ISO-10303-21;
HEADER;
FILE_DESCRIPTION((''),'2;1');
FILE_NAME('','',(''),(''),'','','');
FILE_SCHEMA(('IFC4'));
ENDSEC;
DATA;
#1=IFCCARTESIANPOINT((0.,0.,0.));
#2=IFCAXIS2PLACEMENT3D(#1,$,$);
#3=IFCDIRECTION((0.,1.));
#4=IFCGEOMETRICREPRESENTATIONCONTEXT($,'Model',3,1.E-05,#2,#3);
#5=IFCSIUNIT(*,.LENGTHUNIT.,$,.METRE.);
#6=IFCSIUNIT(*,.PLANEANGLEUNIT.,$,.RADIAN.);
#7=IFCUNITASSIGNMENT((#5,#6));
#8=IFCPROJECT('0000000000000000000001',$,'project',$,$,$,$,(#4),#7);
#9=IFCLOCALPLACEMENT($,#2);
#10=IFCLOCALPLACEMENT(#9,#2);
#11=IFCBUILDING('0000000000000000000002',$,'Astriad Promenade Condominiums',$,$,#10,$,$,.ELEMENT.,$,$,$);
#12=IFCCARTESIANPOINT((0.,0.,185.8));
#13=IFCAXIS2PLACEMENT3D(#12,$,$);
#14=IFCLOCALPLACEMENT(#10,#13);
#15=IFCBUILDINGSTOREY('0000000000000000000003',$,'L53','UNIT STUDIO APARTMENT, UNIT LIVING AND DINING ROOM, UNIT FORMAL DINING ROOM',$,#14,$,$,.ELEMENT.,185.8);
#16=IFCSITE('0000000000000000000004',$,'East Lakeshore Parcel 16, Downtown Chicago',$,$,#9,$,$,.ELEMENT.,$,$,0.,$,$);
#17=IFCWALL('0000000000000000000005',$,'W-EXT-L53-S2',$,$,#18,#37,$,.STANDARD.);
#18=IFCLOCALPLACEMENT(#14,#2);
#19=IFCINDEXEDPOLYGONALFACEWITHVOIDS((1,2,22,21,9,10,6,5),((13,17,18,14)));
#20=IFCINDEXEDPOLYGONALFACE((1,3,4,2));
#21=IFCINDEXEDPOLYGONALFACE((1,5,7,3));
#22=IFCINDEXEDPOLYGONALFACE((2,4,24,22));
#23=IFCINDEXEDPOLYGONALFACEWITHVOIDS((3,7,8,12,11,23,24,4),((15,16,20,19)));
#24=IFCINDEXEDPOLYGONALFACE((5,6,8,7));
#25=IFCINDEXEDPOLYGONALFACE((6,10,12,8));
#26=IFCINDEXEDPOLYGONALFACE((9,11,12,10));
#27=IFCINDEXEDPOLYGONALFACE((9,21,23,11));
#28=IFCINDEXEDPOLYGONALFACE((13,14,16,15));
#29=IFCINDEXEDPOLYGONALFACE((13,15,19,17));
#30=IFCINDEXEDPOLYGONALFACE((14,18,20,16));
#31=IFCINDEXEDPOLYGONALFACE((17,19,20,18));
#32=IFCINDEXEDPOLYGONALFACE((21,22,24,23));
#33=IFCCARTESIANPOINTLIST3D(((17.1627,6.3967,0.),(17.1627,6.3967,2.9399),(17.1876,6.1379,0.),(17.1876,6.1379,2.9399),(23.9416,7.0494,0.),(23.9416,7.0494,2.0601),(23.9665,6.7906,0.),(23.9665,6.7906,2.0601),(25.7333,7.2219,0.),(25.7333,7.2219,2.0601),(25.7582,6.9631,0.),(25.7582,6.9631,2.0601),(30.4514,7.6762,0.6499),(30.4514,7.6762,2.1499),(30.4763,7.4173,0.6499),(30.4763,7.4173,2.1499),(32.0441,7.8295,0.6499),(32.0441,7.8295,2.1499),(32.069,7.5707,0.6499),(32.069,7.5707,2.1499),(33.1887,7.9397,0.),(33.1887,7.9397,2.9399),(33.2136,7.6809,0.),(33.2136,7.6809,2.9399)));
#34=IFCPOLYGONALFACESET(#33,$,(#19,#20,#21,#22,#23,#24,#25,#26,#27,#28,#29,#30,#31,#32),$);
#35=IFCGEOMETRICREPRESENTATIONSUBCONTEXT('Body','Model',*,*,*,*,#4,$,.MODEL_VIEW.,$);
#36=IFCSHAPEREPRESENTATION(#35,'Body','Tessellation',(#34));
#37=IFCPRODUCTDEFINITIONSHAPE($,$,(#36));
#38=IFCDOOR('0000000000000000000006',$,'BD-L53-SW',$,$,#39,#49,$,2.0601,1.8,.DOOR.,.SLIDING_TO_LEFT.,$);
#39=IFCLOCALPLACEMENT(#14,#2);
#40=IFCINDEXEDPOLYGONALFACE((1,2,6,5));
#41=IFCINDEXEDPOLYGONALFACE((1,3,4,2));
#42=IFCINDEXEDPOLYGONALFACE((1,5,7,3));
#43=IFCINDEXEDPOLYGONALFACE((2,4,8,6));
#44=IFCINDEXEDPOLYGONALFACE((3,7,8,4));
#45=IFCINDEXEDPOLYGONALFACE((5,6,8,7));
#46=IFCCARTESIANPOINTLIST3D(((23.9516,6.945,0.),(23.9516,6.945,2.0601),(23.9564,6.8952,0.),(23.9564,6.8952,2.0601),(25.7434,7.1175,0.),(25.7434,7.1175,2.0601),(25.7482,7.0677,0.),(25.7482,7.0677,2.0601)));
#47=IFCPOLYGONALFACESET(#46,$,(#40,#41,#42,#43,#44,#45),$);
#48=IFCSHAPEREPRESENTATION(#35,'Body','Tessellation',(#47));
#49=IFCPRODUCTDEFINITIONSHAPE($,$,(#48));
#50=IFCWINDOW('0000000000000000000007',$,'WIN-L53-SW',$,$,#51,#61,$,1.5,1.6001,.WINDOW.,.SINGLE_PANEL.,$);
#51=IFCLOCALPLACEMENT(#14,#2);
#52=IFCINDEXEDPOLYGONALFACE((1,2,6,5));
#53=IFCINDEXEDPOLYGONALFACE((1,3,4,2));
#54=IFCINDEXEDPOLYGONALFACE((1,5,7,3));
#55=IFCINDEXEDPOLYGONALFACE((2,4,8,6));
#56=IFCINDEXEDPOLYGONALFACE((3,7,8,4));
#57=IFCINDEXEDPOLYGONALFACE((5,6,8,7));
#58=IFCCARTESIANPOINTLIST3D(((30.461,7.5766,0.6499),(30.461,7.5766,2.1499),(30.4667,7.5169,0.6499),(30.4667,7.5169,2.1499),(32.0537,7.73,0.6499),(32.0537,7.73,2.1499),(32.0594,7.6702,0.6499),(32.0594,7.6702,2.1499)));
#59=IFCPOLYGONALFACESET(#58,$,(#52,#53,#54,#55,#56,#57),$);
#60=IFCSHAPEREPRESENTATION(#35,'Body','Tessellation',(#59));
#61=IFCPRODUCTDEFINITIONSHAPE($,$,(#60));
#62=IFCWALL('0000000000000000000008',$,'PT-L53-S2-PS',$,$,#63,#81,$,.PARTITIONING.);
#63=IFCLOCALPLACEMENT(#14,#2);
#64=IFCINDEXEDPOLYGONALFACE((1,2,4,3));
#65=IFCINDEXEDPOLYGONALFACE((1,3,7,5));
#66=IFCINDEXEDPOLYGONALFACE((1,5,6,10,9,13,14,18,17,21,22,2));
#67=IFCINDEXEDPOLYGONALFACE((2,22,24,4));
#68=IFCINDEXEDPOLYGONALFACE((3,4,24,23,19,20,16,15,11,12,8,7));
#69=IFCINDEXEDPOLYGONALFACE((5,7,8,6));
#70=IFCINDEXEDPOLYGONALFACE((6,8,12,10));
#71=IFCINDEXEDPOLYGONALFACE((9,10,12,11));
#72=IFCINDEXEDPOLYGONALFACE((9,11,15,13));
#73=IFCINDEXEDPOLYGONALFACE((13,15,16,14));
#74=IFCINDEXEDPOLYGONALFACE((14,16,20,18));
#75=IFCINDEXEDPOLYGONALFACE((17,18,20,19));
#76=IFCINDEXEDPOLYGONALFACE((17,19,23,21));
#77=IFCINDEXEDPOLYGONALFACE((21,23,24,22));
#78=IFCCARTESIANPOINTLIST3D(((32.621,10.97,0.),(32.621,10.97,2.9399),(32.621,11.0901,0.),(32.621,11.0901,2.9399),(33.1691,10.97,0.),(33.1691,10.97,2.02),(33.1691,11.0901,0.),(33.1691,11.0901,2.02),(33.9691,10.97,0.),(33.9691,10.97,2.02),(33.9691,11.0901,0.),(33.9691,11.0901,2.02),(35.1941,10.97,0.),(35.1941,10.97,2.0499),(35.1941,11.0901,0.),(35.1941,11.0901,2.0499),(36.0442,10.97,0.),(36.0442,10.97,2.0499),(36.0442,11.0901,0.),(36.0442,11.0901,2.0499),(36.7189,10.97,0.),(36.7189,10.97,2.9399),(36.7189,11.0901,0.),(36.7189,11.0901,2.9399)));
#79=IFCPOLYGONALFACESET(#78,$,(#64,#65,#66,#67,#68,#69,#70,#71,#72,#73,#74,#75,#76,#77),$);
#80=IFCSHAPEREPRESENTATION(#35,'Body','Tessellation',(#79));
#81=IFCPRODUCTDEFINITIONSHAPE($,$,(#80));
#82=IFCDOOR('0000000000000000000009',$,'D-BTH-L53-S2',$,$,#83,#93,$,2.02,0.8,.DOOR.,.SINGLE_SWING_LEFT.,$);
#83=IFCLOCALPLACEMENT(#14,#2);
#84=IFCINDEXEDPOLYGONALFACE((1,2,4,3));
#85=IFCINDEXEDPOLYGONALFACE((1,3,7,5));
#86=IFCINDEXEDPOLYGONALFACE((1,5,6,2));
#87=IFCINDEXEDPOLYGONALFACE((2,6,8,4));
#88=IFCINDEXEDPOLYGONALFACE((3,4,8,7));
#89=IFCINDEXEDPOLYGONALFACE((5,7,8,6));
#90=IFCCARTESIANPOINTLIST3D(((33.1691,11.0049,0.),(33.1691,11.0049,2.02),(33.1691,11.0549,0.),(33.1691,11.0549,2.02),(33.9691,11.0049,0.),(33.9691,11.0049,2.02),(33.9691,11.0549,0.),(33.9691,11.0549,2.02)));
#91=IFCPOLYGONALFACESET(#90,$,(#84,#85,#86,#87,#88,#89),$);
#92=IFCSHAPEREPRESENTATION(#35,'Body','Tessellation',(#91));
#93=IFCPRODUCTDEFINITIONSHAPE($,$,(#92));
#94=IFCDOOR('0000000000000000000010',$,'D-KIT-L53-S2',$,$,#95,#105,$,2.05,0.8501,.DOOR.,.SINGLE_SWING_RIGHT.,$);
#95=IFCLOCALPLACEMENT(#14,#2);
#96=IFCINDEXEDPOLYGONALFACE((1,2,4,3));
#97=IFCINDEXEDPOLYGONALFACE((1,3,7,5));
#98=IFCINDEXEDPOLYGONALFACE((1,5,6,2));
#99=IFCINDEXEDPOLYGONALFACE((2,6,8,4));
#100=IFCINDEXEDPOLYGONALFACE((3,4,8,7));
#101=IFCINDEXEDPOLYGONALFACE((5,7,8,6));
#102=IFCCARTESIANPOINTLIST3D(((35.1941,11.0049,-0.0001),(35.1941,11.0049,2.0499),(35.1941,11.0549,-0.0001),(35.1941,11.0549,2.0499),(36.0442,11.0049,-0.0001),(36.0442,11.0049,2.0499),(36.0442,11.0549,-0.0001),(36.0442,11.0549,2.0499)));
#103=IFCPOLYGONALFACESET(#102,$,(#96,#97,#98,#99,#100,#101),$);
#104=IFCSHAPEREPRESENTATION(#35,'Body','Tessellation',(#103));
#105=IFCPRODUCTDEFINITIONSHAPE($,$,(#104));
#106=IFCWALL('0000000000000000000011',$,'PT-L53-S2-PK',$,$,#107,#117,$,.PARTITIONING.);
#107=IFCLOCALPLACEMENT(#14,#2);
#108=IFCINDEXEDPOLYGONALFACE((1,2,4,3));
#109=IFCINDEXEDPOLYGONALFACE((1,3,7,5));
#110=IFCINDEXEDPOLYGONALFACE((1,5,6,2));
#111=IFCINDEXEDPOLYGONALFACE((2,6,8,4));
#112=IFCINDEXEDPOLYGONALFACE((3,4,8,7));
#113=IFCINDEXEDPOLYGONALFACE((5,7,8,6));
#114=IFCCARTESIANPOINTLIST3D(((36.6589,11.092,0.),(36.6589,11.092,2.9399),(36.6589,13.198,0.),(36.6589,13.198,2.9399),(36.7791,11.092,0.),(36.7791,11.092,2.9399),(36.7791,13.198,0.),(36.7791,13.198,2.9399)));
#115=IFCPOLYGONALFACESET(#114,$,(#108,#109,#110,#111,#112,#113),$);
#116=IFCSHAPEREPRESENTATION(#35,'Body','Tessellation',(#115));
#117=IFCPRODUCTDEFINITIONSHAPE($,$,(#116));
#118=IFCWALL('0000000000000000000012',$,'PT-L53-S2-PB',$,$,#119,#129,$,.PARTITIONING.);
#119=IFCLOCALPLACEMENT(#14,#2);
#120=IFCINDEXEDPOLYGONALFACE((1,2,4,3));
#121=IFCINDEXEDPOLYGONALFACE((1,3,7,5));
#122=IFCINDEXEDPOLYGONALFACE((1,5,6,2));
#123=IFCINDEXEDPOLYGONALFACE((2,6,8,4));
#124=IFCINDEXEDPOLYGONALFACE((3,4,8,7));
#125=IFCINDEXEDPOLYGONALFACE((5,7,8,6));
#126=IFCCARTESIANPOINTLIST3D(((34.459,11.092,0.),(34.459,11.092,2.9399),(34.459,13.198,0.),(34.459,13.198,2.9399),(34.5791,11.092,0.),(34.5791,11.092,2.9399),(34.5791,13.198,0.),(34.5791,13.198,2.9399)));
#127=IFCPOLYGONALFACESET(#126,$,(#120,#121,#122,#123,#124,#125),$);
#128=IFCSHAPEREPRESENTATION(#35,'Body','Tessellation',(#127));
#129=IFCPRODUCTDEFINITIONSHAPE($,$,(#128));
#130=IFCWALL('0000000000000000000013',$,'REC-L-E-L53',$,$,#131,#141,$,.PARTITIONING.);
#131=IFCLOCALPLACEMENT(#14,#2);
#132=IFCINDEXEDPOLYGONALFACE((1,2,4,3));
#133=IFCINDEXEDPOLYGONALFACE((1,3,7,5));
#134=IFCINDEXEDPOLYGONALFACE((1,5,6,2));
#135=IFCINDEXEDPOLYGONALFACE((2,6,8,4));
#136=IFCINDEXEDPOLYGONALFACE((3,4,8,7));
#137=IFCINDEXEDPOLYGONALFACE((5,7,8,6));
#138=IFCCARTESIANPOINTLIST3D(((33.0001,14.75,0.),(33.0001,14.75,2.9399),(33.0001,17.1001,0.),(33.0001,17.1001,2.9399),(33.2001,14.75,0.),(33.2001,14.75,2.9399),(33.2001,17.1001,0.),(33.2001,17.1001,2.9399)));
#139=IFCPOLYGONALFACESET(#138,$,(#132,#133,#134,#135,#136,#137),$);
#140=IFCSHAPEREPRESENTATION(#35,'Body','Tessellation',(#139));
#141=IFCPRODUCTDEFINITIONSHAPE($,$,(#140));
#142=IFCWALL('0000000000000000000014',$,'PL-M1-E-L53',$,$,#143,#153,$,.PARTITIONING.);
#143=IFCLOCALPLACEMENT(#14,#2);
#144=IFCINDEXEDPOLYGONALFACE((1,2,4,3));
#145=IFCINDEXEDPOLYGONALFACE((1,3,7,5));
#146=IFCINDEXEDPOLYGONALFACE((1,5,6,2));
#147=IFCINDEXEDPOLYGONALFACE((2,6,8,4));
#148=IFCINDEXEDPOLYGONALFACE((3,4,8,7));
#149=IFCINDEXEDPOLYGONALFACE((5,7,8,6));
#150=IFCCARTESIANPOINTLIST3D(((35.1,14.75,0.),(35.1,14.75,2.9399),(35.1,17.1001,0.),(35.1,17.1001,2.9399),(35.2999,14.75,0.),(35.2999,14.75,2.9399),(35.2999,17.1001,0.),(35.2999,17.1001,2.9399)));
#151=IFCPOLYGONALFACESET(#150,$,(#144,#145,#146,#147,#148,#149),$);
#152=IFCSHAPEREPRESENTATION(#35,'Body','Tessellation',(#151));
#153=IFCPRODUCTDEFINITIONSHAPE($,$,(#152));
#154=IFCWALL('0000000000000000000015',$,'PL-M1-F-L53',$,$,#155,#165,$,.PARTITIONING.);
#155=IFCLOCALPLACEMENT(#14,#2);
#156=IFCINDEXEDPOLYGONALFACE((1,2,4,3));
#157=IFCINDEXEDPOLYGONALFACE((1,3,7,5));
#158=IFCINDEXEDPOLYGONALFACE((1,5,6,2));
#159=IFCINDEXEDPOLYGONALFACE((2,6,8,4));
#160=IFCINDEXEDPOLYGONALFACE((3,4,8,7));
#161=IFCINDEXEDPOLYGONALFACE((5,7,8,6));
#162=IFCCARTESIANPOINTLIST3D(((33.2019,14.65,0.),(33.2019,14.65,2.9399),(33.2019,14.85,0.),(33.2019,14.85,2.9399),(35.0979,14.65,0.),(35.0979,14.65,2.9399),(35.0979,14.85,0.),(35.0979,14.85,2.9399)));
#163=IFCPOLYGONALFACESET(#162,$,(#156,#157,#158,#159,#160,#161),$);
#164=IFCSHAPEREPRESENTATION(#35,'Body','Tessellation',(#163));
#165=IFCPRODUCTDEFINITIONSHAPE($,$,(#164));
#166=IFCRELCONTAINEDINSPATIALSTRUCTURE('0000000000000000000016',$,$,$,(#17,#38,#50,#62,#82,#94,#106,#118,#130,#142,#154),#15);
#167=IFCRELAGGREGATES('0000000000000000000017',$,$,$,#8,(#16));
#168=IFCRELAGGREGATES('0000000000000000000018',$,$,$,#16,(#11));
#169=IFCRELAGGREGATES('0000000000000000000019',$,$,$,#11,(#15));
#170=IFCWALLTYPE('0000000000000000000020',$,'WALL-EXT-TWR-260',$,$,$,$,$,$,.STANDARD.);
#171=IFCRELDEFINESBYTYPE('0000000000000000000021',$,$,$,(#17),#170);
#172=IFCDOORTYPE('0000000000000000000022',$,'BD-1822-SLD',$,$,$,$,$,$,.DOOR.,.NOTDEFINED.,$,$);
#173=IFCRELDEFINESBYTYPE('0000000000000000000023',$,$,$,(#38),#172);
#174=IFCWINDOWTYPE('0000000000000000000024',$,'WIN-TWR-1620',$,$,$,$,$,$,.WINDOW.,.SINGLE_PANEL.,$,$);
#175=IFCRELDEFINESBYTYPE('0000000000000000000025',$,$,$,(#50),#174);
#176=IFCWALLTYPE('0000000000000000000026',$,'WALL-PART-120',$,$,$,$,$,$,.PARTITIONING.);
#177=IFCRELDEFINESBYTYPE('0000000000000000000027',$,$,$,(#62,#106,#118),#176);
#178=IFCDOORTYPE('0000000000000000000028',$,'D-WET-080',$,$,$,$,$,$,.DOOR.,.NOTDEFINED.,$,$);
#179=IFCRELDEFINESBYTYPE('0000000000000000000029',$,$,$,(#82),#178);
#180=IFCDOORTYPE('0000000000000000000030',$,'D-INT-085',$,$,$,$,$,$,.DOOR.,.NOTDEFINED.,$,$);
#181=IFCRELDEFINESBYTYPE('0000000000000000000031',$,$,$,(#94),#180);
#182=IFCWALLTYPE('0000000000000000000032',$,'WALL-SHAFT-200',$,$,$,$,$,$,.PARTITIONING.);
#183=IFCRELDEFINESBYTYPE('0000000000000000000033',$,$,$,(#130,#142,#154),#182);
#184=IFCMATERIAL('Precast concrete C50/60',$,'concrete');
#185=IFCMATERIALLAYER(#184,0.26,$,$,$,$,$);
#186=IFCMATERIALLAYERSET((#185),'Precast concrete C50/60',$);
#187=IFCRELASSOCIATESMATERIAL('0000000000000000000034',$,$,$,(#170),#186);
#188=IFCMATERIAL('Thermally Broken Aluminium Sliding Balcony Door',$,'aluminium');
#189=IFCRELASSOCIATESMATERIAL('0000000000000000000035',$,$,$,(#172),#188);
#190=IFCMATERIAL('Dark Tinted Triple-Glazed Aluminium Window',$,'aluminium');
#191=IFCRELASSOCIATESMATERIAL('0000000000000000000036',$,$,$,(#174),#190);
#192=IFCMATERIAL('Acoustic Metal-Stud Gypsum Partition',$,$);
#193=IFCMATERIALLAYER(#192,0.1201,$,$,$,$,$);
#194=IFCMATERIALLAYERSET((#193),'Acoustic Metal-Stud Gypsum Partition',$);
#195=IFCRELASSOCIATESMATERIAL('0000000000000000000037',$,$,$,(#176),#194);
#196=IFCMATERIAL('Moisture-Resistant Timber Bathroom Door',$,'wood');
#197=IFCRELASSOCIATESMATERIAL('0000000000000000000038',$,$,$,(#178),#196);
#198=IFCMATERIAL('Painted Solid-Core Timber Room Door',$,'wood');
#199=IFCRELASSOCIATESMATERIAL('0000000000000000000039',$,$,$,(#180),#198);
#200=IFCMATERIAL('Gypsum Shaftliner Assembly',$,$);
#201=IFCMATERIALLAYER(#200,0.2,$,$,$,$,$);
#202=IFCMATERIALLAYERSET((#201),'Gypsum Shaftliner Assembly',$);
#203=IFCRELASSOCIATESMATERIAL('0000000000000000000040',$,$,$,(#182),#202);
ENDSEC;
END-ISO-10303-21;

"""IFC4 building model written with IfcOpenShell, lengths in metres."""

from ifc_helpers import new_model, si_unit, direction, frame, frame_2d, origin, place, context, subcontext, project, spatial, rectangle, extrude, source, transform, mapped, material, layer, layer_set, type_object, type_shapes, element, fill, save


model = new_model("IFC4")

# Units and contexts
model_context = context("Model", 3, precision=1e-05, world=origin(), true_north=direction((0.0, 1.0)))
body_context = subcontext(model_context, "Body", "Model", "MODEL_VIEW")
ifc_project = project(units=[si_unit("LENGTHUNIT", "METRE"), si_unit("PLANEANGLEUNIT", "RADIAN")], contexts=[model_context])

# Site, building, storey
site_placement = place(None, origin())
site = spatial("IfcSite", under=ifc_project, at=site_placement, Name="East Lakeshore Parcel 16, Downtown Chicago", CompositionType="ELEMENT", RefElevation=0.0)
building_placement = place(site_placement, origin())
building = spatial("IfcBuilding", under=site, at=building_placement, Name="Astriad Promenade Condominiums", CompositionType="ELEMENT")
storey_placement = place(building_placement, frame((0.0, 0.0, 185.8)))
storey = spatial("IfcBuildingStorey", under=building, at=storey_placement, Name="L53", Description="UNIT STUDIO APARTMENT, UNIT LIVING AND DINING ROOM, UNIT FORMAL DINING ROOM", CompositionType="ELEMENT", Elevation=185.8)

# Wall, openings, door, window
ifc_material_1 = material(Name="Precast concrete C50/60", Category="concrete")
ifc_layer_1 = layer(ifc_material_1, 0.26)
ifc_layer_set_1 = layer_set([ifc_layer_1], Name="Precast concrete C50/60")
wall_type_1 = type_object("IfcWallType", Name="WALL-EXT-TWR-260", PredefinedType="STANDARD", material=ifc_layer_set_1)
wall_1_placement = place(storey_placement, frame((33.2012, 7.8103, 0.0), z_axis=(0.0, 0.0, 1.0), x_axis=(-0.995397, -0.095837, 0.0)))
wall_1 = element("IfcWall", 1, at=wall_1_placement, inside=storey, type_object=wall_type_1, Name="W-EXT-L53-S2", PredefinedType="STANDARD", context=body_context, shape_type="SweptSolid", body=[
    extrude(rectangle(XDim=16.1001, YDim=0.26, at=frame_2d((8.05, 0.0))), origin(), (0.0, 0.0, 1.0), 2.9399),
])
opening_1_placement = place(wall_1_placement, frame((7.49, 0.0, 0.0)))
opening_1 = element("IfcOpeningElement", 2, at=opening_1_placement, cuts=wall_1, PredefinedType="OPENING", context=body_context, shape_type="SweptSolid", body=[
    extrude(rectangle(XDim=1.8, YDim=2.0601, at=frame_2d((0.8999, 1.03))), frame((0.0, 0.1399, 0.0), z_axis=(0.0, -1.0, 0.0), x_axis=(1.0, 0.0, 0.0)), (0.0, 0.0, 1.0), 0.28),
])
opening_2_placement = place(wall_1_placement, frame((1.1499, 0.0, 0.6499)))
opening_2 = element("IfcOpeningElement", 3, at=opening_2_placement, cuts=wall_1, PredefinedType="OPENING", context=body_context, shape_type="SweptSolid", body=[
    extrude(rectangle(XDim=1.6001, YDim=1.5, at=frame_2d((0.8, 0.75))), frame((0.0, 0.1399, 0.0), z_axis=(0.0, -1.0, 0.0), x_axis=(1.0, 0.0, 0.0)), (0.0, 0.0, 1.0), 0.28),
])
ifc_material_2 = material(Name="Thermally Broken Aluminium Sliding Balcony Door", Category="aluminium")
door_type_1 = type_object("IfcDoorType", Name="BD-1822-SLD", OperationType="NOTDEFINED", PredefinedType="DOOR", material=ifc_material_2)
shared_shape_1 = source(origin(), body_context, "Body", "SweptSolid", [
    extrude(rectangle(XDim=1.8, YDim=2.0601, at=frame_2d((0.8999, 1.03))), frame((0.0, 0.0249, 0.0), z_axis=(0.0, -1.0, 0.0), x_axis=(1.0, 0.0, 0.0)), (0.0, 0.0, 1.0), 0.05),
])
type_shapes(door_type_1, [shared_shape_1])
door_1_placement = place(opening_1_placement, origin())
door_1 = element("IfcDoor", 4, at=door_1_placement, inside=storey, type_object=door_type_1, Name="BD-L53-SW", OperationType="SLIDING_TO_LEFT", OverallHeight=2.0601, OverallWidth=1.8, PredefinedType="DOOR", context=body_context, shape_type="MappedRepresentation", body=[
    mapped(shared_shape_1, transform((0.0, 0.0, 0.0), scale=1.0)),
])
fill(opening_1, door_1)
ifc_material_3 = material(Name="Dark Tinted Triple-Glazed Aluminium Window", Category="aluminium")
window_type = type_object("IfcWindowType", Name="WIN-TWR-1620", PartitioningType="SINGLE_PANEL", PredefinedType="WINDOW", material=ifc_material_3)
shared_shape_2 = source(origin(), body_context, "Body", "SweptSolid", [
    extrude(rectangle(XDim=1.6001, YDim=1.5, at=frame_2d((0.8, 0.75))), frame((0.0, 0.03, 0.0), z_axis=(0.0, -1.0, 0.0), x_axis=(1.0, 0.0, 0.0)), (0.0, 0.0, 1.0), 0.0601),
])
type_shapes(window_type, [shared_shape_2])
window_placement = place(opening_2_placement, origin())
window = element("IfcWindow", 5, at=window_placement, inside=storey, type_object=window_type, Name="WIN-L53-SW", OverallHeight=1.5, OverallWidth=1.6001, PartitioningType="SINGLE_PANEL", PredefinedType="WINDOW", context=body_context, shape_type="MappedRepresentation", body=[
    mapped(shared_shape_2, transform((0.0, 0.0, 0.0), scale=1.0)),
])
fill(opening_2, window)

# Wall, openings, doors
ifc_material_4 = material(Name="Acoustic Metal-Stud Gypsum Partition")
ifc_layer_2 = layer(ifc_material_4, 0.1201)
ifc_layer_set_2 = layer_set([ifc_layer_2], Name="Acoustic Metal-Stud Gypsum Partition")
wall_type_2 = type_object("IfcWallType", Name="WALL-PART-120", PredefinedType="PARTITIONING", material=ifc_layer_set_2)
wall_2_placement = place(storey_placement, frame((32.6211, 11.03, 0.0), z_axis=(0.0, 0.0, 1.0), x_axis=(1.0, 0.0, 0.0)))
wall_2 = element("IfcWall", 6, at=wall_2_placement, inside=storey, type_object=wall_type_2, Name="PT-L53-S2-PS", PredefinedType="PARTITIONING", context=body_context, shape_type="SweptSolid", body=[
    extrude(rectangle(XDim=4.0979, YDim=0.1201, at=frame_2d((2.0488, 0.0))), origin(), (0.0, 0.0, 1.0), 2.9399),
])
opening_3_placement = place(wall_2_placement, frame((0.5481, 0.0, 0.0)))
opening_3 = element("IfcOpeningElement", 7, at=opening_3_placement, cuts=wall_2, PredefinedType="OPENING", context=body_context, shape_type="SweptSolid", body=[
    extrude(rectangle(XDim=0.8, YDim=2.02, at=frame_2d((0.3999, 1.01))), frame((0.0, 0.0701, 0.0), z_axis=(0.0, -1.0, 0.0), x_axis=(1.0, 0.0, 0.0)), (0.0, 0.0, 1.0), 0.1401),
])
opening_4_placement = place(wall_2_placement, frame((2.573, 0.0, 0.0)))
opening_4 = element("IfcOpeningElement", 8, at=opening_4_placement, cuts=wall_2, PredefinedType="OPENING", context=body_context, shape_type="SweptSolid", body=[
    extrude(rectangle(XDim=0.8501, YDim=2.05, at=frame_2d((0.425, 1.0249))), frame((0.0, 0.0701, 0.0), z_axis=(0.0, -1.0, 0.0), x_axis=(1.0, 0.0, 0.0)), (0.0, 0.0, 1.0), 0.1401),
])
ifc_material_5 = material(Name="Moisture-Resistant Timber Bathroom Door", Category="wood")
door_type_2 = type_object("IfcDoorType", Name="D-WET-080", OperationType="NOTDEFINED", PredefinedType="DOOR", material=ifc_material_5)
shared_shape_3 = source(origin(), body_context, "Body", "SweptSolid", [
    extrude(rectangle(XDim=0.8, YDim=2.02, at=frame_2d((0.3999, 1.01))), frame((0.0, 0.0249, 0.0), z_axis=(0.0, -1.0, 0.0), x_axis=(1.0, 0.0, 0.0)), (0.0, 0.0, 1.0), 0.05),
])
type_shapes(door_type_2, [shared_shape_3])
door_2_placement = place(opening_3_placement, origin())
door_2 = element("IfcDoor", 9, at=door_2_placement, inside=storey, type_object=door_type_2, Name="D-BTH-L53-S2", OperationType="SINGLE_SWING_LEFT", OverallHeight=2.02, OverallWidth=0.8, PredefinedType="DOOR", context=body_context, shape_type="MappedRepresentation", body=[
    mapped(shared_shape_3, transform((0.0, 0.0, 0.0), scale=1.0)),
])
fill(opening_3, door_2)
ifc_material_6 = material(Name="Painted Solid-Core Timber Room Door", Category="wood")
door_type_3 = type_object("IfcDoorType", Name="D-INT-085", OperationType="NOTDEFINED", PredefinedType="DOOR", material=ifc_material_6)
shared_shape_4 = source(origin(), body_context, "Body", "SweptSolid", [
    extrude(rectangle(XDim=0.8501, YDim=2.05, at=frame_2d((0.425, 1.0249))), frame((0.0, 0.0249, 0.0), z_axis=(0.0, -1.0, 0.0), x_axis=(1.0, 0.0, 0.0)), (0.0, 0.0, 1.0), 0.05),
])
type_shapes(door_type_3, [shared_shape_4])
door_3_placement = place(opening_4_placement, origin())
door_3 = element("IfcDoor", 10, at=door_3_placement, inside=storey, type_object=door_type_3, Name="D-KIT-L53-S2", OperationType="SINGLE_SWING_RIGHT", OverallHeight=2.05, OverallWidth=0.8501, PredefinedType="DOOR", context=body_context, shape_type="MappedRepresentation", body=[
    mapped(shared_shape_4, transform((0.0, 0.0, 0.0), scale=1.0)),
])
fill(opening_4, door_3)

# Walls
for number, where, z_axis, x_axis, name in (
    (11, (36.719, 11.092, 0.0), (0.0, 0.0, 1.0), (0.0, 1.0, 0.0), "PT-L53-S2-PK"),
    (12, (34.519, 11.092, 0.0), (0.0, 0.0, 1.0), (0.0, 1.0, 0.0), "PT-L53-S2-PB"),
):
    element("IfcWall", number, at=place(storey_placement, frame(where, z_axis=z_axis, x_axis=x_axis)), inside=storey, type_object=wall_type_2, Name=name, PredefinedType="PARTITIONING", context=body_context, shape_type="SweptSolid", body=[
        extrude(rectangle(XDim=2.106, YDim=0.1201, at=frame_2d((1.053, 0.0))), origin(), (0.0, 0.0, 1.0), 2.9399),
    ])
ifc_material_7 = material(Name="Gypsum Shaftliner Assembly")
ifc_layer_3 = layer(ifc_material_7, 0.2)
ifc_layer_set_3 = layer_set([ifc_layer_3], Name="Gypsum Shaftliner Assembly")
wall_type_3 = type_object("IfcWallType", Name="WALL-SHAFT-200", PredefinedType="PARTITIONING", material=ifc_layer_set_3)
for number, where, z_axis, x_axis, name in (
    (13, (33.1001, 14.75, 0.0), (0.0, 0.0, 1.0), (0.0, 1.0, 0.0), "REC-L-E-L53"),
    (14, (35.2, 14.75, 0.0), (0.0, 0.0, 1.0), (0.0, 1.0, 0.0), "PL-M1-E-L53"),
):
    element("IfcWall", number, at=place(storey_placement, frame(where, z_axis=z_axis, x_axis=x_axis)), inside=storey, type_object=wall_type_3, Name=name, PredefinedType="PARTITIONING", context=body_context, shape_type="SweptSolid", body=[
        extrude(rectangle(XDim=2.3501, YDim=0.2, at=frame_2d((1.175, 0.0))), origin(), (0.0, 0.0, 1.0), 2.9399),
    ])
wall_3_placement = place(storey_placement, frame((33.2019, 14.75, 0.0), z_axis=(0.0, 0.0, 1.0), x_axis=(1.0, 0.0, 0.0)))
element("IfcWall", 15, at=wall_3_placement, inside=storey, type_object=wall_type_3, Name="PL-M1-F-L53", PredefinedType="PARTITIONING", context=body_context, shape_type="SweptSolid", body=[
    extrude(rectangle(XDim=1.896, YDim=0.2, at=frame_2d((0.948, 0.0))), origin(), (0.0, 0.0, 1.0), 2.9399),
])

save(model, "model.ifc")
